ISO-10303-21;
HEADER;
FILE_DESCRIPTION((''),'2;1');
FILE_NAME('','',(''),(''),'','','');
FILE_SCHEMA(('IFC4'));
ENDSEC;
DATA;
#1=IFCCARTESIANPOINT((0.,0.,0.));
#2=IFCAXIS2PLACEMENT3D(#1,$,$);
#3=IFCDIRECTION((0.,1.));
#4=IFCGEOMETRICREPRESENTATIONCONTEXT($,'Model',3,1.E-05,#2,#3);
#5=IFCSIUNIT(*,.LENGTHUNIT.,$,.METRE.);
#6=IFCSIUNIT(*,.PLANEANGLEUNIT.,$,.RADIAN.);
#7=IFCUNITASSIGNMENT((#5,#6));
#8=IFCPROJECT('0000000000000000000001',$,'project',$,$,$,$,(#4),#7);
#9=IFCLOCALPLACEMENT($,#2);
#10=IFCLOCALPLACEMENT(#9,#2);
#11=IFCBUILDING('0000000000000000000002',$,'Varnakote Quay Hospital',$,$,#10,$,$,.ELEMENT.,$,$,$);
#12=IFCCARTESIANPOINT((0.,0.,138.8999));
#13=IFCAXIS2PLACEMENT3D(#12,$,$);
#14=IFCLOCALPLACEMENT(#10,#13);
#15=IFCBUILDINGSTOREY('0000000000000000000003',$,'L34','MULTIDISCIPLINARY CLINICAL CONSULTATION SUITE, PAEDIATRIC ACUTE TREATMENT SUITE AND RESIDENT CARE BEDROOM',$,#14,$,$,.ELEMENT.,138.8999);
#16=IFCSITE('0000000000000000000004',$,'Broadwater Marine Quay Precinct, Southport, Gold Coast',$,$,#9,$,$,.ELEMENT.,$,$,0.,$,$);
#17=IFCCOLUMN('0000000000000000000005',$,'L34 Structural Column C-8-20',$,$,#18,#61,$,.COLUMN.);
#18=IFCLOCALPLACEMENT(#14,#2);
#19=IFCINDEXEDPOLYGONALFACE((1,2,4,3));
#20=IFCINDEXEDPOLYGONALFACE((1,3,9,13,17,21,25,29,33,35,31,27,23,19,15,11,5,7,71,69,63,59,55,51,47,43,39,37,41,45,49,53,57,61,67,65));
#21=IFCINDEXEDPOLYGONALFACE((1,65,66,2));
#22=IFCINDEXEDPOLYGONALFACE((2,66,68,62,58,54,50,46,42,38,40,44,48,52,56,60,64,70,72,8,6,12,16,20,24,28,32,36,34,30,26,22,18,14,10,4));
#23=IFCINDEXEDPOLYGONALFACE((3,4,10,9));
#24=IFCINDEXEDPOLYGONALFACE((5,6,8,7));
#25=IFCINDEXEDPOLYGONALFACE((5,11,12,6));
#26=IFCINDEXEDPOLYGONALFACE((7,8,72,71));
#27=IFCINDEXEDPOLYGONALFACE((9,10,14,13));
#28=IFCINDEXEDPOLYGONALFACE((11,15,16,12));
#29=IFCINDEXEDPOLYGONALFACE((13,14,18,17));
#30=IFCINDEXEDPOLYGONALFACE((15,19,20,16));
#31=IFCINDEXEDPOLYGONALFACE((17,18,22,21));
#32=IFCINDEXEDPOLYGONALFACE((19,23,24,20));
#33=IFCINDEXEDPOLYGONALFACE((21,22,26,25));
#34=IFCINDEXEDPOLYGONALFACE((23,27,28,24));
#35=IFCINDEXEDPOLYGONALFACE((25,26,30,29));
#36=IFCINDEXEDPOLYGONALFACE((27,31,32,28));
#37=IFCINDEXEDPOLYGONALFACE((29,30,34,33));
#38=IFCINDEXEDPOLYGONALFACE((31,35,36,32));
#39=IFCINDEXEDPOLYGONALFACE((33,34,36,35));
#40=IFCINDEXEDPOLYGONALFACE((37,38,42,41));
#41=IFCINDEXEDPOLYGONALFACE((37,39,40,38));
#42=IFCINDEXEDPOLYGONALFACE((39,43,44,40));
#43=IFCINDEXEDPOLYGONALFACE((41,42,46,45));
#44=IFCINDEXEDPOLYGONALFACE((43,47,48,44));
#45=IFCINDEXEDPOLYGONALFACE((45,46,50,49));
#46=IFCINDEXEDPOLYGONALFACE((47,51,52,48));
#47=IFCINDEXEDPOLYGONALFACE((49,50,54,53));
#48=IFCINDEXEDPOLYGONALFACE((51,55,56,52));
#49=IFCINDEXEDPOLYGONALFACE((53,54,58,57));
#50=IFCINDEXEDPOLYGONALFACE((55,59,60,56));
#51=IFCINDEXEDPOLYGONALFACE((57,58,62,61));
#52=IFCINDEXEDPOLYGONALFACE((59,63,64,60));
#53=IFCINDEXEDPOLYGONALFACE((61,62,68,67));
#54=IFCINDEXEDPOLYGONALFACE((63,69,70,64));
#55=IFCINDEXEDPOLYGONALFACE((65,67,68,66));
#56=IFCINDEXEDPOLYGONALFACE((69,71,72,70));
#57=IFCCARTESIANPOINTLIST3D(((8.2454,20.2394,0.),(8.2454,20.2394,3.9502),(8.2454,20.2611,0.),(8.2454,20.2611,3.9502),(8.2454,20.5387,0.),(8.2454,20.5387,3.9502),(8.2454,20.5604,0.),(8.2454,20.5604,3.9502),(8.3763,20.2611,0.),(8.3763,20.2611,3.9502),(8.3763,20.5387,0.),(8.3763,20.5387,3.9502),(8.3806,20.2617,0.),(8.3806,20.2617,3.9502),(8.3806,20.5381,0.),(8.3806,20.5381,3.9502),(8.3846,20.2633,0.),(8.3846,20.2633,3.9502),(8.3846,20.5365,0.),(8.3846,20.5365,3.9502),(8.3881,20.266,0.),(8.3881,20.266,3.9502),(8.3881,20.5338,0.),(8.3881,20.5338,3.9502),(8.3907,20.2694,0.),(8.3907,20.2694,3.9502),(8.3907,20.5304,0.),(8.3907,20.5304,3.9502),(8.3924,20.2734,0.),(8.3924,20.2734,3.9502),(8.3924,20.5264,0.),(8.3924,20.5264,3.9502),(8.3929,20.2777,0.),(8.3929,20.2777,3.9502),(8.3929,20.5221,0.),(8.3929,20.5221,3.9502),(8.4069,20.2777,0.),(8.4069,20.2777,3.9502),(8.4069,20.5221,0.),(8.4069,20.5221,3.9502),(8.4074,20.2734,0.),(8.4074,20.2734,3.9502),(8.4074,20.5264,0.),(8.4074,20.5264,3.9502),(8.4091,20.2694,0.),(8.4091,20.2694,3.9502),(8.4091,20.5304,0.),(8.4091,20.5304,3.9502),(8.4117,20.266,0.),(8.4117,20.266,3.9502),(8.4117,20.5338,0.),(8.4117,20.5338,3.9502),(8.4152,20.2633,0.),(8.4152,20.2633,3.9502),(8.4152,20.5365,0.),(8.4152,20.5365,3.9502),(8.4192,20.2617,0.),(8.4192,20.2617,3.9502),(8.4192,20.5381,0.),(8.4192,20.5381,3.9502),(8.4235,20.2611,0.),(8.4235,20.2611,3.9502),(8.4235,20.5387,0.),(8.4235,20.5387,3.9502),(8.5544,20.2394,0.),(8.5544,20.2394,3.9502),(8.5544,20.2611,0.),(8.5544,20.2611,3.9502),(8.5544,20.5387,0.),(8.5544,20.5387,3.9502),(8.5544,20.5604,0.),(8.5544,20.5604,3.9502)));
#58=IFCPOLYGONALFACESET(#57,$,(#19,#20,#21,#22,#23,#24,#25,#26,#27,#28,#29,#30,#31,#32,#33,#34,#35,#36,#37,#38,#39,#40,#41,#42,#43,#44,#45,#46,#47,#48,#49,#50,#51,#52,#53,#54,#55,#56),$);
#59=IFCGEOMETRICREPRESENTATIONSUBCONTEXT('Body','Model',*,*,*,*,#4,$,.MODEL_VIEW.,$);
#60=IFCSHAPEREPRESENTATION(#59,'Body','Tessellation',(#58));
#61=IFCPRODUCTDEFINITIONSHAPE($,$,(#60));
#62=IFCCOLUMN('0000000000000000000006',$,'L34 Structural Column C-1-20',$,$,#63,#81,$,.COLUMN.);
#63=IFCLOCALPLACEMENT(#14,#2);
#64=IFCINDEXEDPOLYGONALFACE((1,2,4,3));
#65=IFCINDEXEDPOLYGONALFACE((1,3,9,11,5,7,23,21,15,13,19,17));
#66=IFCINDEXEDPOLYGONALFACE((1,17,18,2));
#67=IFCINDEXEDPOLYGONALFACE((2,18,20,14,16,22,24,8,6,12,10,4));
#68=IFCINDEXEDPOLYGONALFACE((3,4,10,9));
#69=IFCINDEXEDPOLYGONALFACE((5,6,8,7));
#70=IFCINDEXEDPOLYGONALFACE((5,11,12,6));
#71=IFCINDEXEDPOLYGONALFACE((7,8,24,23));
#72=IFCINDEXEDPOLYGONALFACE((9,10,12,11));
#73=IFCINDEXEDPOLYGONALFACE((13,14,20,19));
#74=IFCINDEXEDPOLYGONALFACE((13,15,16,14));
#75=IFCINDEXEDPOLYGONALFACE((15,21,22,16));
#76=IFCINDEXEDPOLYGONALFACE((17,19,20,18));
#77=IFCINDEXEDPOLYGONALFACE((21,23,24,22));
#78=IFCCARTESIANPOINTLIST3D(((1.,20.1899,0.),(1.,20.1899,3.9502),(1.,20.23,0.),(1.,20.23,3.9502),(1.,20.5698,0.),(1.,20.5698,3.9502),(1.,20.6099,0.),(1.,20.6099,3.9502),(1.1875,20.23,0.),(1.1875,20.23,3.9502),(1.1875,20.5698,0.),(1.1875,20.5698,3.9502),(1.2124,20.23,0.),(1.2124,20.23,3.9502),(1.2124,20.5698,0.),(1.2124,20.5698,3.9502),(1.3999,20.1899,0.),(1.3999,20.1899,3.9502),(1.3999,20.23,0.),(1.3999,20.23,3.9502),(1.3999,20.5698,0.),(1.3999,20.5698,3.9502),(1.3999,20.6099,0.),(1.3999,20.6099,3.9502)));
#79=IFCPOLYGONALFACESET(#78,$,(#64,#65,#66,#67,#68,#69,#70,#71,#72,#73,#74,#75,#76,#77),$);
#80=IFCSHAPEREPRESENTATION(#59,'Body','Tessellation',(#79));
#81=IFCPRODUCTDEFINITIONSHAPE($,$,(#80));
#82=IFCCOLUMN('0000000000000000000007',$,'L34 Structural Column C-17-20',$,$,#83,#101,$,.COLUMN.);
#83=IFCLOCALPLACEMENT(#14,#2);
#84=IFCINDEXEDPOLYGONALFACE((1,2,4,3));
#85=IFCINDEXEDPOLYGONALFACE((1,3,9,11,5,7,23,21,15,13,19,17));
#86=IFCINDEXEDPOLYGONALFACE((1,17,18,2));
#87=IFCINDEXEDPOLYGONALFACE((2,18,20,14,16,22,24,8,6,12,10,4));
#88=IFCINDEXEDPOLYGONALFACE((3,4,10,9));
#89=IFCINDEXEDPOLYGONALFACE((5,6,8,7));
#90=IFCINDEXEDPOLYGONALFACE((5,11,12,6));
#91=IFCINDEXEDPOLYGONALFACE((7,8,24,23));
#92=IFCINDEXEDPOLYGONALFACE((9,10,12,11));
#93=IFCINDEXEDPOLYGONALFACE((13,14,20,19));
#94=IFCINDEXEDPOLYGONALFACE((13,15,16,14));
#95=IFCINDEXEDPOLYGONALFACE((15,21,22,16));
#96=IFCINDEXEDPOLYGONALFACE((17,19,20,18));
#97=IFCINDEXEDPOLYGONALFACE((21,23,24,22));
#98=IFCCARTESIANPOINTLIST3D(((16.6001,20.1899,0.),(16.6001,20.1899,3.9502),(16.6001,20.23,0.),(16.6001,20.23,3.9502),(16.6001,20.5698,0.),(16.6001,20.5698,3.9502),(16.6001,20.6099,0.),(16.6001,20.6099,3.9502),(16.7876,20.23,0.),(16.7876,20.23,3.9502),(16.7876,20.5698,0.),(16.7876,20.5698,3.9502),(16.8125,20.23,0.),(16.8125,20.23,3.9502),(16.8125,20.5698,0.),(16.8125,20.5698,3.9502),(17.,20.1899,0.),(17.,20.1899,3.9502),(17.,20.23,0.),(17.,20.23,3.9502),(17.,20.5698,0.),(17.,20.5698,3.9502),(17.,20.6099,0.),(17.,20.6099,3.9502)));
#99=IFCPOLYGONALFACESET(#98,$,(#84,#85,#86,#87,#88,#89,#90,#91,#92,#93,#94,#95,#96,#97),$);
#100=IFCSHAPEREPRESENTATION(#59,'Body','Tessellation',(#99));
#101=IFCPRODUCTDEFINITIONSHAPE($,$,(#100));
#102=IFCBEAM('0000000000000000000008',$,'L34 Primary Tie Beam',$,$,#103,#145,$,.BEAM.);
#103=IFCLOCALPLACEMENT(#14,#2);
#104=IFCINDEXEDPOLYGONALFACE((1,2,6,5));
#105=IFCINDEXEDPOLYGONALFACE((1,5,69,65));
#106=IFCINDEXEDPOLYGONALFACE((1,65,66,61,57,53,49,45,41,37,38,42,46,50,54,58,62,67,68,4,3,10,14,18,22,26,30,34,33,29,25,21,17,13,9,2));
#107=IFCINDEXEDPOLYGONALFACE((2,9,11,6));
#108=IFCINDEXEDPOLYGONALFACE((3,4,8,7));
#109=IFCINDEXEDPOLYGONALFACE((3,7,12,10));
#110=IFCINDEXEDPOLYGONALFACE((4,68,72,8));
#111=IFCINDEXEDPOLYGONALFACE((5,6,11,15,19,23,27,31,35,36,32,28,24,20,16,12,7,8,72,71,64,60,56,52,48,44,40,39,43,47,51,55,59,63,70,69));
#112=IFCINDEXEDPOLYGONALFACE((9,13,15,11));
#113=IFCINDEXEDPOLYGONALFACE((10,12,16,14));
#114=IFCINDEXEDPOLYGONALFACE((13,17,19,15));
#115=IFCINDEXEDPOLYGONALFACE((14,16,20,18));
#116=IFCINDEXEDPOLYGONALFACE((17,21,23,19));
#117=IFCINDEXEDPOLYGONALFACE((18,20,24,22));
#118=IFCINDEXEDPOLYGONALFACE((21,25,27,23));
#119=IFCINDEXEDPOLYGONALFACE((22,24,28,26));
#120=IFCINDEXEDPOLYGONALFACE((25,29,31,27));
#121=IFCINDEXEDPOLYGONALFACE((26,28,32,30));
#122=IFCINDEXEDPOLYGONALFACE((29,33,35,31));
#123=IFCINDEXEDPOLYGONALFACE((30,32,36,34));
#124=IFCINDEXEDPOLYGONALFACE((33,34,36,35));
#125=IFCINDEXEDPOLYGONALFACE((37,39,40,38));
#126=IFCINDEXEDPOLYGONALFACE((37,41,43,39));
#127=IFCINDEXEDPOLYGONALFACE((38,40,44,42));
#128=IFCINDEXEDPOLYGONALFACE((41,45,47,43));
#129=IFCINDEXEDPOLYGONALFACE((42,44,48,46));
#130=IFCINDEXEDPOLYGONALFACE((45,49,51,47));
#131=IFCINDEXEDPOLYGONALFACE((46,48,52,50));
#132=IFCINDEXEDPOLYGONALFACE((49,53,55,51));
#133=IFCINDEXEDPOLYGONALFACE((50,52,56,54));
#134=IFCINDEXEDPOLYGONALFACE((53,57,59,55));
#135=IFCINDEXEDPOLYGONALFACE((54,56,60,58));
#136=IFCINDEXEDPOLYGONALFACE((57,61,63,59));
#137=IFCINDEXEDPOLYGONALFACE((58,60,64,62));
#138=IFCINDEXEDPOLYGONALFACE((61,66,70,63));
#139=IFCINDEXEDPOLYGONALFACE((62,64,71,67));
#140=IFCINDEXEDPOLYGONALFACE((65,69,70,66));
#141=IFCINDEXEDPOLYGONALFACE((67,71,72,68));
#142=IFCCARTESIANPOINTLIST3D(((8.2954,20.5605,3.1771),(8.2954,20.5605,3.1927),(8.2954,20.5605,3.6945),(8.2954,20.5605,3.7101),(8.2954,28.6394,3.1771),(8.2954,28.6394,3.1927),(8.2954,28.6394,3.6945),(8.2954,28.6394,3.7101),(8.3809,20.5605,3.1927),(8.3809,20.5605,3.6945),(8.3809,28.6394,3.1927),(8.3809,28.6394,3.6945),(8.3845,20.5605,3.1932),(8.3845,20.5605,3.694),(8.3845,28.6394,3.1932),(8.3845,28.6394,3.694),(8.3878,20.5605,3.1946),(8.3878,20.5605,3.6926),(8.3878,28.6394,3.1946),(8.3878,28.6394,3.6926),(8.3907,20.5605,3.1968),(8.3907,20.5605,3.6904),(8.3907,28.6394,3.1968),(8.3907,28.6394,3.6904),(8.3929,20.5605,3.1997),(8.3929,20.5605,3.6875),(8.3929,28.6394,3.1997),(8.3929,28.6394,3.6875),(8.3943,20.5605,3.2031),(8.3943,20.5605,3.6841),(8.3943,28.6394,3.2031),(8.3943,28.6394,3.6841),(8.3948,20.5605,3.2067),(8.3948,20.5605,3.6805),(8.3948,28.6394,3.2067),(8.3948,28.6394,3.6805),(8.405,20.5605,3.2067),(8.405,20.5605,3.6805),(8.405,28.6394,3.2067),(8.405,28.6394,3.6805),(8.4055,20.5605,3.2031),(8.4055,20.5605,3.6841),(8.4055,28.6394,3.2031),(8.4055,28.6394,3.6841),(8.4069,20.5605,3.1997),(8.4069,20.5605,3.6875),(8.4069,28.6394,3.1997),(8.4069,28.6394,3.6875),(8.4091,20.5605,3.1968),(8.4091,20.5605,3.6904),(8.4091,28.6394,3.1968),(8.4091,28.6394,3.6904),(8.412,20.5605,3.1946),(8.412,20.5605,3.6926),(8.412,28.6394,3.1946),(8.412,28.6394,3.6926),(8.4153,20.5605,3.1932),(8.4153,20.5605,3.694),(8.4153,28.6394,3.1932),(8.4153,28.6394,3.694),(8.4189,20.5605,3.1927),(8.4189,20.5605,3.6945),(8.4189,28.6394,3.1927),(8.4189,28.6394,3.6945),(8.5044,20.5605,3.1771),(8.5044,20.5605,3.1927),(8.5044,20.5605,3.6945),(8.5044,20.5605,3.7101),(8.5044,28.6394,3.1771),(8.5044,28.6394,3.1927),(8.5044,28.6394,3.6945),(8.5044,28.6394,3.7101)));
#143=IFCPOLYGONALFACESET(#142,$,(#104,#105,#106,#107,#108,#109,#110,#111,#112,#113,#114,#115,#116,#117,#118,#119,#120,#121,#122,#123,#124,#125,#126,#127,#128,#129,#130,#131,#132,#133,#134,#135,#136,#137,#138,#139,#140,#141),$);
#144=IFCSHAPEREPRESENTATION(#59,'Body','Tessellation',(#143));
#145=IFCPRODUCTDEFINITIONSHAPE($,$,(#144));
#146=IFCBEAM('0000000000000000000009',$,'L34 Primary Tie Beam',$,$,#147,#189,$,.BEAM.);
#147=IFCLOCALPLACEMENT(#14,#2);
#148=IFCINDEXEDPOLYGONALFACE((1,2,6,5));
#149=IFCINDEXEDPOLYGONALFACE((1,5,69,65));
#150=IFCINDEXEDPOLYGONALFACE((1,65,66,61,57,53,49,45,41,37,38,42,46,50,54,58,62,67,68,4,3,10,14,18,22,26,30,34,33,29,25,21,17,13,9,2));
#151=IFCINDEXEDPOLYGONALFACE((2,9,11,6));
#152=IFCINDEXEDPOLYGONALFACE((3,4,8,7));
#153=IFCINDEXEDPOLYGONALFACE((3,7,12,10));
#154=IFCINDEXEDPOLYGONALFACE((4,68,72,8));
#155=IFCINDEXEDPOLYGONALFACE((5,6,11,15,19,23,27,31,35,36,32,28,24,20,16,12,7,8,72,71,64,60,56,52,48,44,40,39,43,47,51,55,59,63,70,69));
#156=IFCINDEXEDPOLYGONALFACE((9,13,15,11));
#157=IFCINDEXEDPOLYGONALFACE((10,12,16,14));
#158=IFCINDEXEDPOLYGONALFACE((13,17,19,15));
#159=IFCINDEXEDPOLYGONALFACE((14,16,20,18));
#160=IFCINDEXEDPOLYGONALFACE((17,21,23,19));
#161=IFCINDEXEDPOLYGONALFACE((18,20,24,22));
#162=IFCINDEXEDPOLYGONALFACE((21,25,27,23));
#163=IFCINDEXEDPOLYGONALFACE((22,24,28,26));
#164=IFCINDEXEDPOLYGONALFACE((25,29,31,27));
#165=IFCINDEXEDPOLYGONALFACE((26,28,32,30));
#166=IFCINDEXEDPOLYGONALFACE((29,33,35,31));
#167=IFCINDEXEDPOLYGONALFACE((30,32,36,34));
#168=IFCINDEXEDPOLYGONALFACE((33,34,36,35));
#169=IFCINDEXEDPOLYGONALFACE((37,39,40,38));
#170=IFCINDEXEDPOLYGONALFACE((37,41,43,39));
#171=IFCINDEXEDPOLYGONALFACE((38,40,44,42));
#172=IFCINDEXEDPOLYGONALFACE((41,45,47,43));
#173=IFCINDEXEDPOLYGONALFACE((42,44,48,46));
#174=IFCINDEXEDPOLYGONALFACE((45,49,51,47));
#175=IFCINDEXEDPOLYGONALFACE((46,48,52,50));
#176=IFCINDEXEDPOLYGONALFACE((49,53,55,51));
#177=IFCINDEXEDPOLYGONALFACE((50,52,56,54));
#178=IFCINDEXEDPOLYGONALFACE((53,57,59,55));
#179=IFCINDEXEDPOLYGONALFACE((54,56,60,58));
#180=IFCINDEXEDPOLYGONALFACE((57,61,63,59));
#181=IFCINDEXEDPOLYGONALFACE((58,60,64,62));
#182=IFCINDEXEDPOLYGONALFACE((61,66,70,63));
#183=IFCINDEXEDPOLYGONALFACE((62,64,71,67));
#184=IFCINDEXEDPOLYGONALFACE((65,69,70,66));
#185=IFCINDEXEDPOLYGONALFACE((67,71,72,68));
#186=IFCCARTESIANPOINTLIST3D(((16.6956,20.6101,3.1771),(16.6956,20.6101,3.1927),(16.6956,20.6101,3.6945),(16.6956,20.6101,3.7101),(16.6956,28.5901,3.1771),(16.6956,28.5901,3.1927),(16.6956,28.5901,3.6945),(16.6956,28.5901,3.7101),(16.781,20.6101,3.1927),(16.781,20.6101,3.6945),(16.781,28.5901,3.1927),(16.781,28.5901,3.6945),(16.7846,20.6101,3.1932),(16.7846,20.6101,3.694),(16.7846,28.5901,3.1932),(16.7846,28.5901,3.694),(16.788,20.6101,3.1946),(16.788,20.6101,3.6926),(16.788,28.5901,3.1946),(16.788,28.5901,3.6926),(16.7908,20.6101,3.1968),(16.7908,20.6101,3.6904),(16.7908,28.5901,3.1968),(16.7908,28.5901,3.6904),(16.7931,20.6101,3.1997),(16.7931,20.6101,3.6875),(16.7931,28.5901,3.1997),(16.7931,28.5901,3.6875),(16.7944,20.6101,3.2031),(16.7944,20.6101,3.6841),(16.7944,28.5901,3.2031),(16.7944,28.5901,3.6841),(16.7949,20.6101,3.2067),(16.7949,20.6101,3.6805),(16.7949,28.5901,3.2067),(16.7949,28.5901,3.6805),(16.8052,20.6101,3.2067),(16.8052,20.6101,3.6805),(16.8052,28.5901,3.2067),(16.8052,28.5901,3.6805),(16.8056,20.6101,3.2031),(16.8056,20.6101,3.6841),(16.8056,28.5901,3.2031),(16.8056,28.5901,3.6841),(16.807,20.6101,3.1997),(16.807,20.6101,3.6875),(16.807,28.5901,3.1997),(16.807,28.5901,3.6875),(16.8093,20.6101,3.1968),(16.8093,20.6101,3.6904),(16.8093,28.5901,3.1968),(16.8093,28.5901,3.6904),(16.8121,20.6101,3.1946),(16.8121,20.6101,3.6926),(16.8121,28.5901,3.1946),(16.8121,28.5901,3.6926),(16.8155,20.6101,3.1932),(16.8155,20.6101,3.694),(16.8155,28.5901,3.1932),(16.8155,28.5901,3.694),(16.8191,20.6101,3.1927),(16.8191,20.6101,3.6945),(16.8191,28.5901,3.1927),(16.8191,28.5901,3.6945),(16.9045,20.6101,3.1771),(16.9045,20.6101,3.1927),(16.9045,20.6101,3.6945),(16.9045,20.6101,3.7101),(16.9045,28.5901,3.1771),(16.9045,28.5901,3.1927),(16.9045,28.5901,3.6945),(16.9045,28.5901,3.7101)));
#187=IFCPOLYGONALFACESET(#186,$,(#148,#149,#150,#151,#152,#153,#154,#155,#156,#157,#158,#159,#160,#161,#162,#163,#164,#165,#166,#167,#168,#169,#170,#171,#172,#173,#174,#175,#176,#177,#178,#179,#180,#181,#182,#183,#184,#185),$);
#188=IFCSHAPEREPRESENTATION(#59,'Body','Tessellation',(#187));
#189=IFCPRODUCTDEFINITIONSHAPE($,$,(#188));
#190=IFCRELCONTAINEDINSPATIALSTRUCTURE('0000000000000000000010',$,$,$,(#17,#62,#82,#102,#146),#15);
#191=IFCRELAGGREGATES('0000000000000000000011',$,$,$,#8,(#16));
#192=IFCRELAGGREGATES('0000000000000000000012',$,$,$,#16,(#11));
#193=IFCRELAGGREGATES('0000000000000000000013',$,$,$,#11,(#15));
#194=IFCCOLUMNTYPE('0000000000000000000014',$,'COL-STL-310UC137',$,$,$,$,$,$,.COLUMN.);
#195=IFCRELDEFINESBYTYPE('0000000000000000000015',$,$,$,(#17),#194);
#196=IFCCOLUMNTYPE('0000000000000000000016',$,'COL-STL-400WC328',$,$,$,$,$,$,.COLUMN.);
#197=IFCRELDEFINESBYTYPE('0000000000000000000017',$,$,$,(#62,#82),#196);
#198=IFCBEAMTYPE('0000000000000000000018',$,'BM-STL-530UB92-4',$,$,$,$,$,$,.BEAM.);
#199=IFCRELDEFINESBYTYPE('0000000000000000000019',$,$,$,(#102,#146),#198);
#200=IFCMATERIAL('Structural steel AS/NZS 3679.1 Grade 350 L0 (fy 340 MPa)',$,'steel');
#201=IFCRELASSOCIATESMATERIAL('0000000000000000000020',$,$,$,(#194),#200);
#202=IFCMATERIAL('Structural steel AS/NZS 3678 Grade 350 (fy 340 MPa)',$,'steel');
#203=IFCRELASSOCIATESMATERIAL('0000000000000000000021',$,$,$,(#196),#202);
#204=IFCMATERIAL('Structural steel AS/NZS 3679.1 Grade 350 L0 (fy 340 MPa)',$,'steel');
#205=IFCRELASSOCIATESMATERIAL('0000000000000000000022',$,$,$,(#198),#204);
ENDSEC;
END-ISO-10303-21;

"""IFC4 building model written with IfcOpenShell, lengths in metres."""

from ifc_helpers import new_model, si_unit, direction, frame, origin, origin_2d, place, context, subcontext, project, spatial, i_section, extrude, material, material_profile, profile_set, type_object, element, save


model = new_model("IFC4")

# Units and contexts
model_context = context("Model", 3, precision=1e-05, world=origin(), true_north=direction((0.0, 1.0)))
body_context = subcontext(model_context, "Body", "Model", "MODEL_VIEW")
ifc_project = project(units=[si_unit("LENGTHUNIT", "METRE"), si_unit("PLANEANGLEUNIT", "RADIAN")], contexts=[model_context])

# Site, building, storey
site_placement = place(None, origin())
site = spatial("IfcSite", under=ifc_project, at=site_placement, Name="Broadwater Marine Quay Precinct, Southport, Gold Coast", CompositionType="ELEMENT", RefElevation=0.0)
building_placement = place(site_placement, origin())
building = spatial("IfcBuilding", under=site, at=building_placement, Name="Varnakote Quay Hospital", CompositionType="ELEMENT")
storey_placement = place(building_placement, frame((0.0, 0.0, 138.8999)))
storey = spatial("IfcBuildingStorey", under=building, at=storey_placement, Name="L34", Description="MULTIDISCIPLINARY CLINICAL CONSULTATION SUITE, PAEDIATRIC ACUTE TREATMENT SUITE AND RESIDENT CARE BEDROOM", CompositionType="ELEMENT", Elevation=138.8999)

# Columns
ifc_material_1 = material(Name="Structural steel AS/NZS 3679.1 Grade 350 L0 (fy 340 MPa)", Category="steel")
ifc_material_profile_1 = material_profile(ifc_material_1, i_section(OverallWidth=0.3091, OverallDepth=0.321, WebThickness=0.0139, FlangeThickness=0.0217, FilletRadius=0.0166, at=origin_2d()), Name="310UC137")
ifc_profile_set_1 = profile_set([ifc_material_profile_1], Name="Structural steel AS/NZS 3679.1 Grade 350 L0 (fy 340 MPa)")
column_type_1 = type_object("IfcColumnType", Name="COL-STL-310UC137", PredefinedType="COLUMN", material=ifc_profile_set_1)
column_placement = place(storey_placement, frame((8.3999, 20.3999, 0.0), z_axis=(0.0, 0.0, 1.0), x_axis=(1.0, 0.0, 0.0)))
element("IfcColumn", 1, at=column_placement, inside=storey, type_object=column_type_1, Name="L34 Structural Column C-8-20", PredefinedType="COLUMN", context=body_context, shape_type="SweptSolid", body=[
    extrude(i_section(OverallWidth=0.3091, OverallDepth=0.321, WebThickness=0.0139, FlangeThickness=0.0217, FilletRadius=0.0166, at=origin_2d()), origin(), (0.0, 0.0, 1.0), 3.9502),
])
ifc_material_2 = material(Name="Structural steel AS/NZS 3678 Grade 350 (fy 340 MPa)", Category="steel")
ifc_material_profile_2 = material_profile(ifc_material_2, i_section(OverallWidth=0.3999, OverallDepth=0.4199, WebThickness=0.0249, FlangeThickness=0.04, at=origin_2d()), Name="400WC328")
ifc_profile_set_2 = profile_set([ifc_material_profile_2], Name="Structural steel AS/NZS 3678 Grade 350 (fy 340 MPa)")
column_type_2 = type_object("IfcColumnType", Name="COL-STL-400WC328", PredefinedType="COLUMN", material=ifc_profile_set_2)
for number, where, z_axis, x_axis, name in (
    (2, (1.2, 20.3999, 0.0), (0.0, 0.0, 1.0), (1.0, 0.0, 0.0), "L34 Structural Column C-1-20"),
    (3, (16.8, 20.3999, 0.0), (0.0, 0.0, 1.0), (1.0, 0.0, 0.0), "L34 Structural Column C-17-20"),
):
    element("IfcColumn", number, at=place(storey_placement, frame(where, z_axis=z_axis, x_axis=x_axis)), inside=storey, type_object=column_type_2, Name=name, PredefinedType="COLUMN", context=body_context, shape_type="SweptSolid", body=[
        extrude(i_section(OverallWidth=0.3999, OverallDepth=0.4199, WebThickness=0.0249, FlangeThickness=0.04, at=origin_2d()), origin(), (0.0, 0.0, 1.0), 3.9502),
    ])

# Beams
ifc_material_3 = material(Name="Structural steel AS/NZS 3679.1 Grade 350 L0 (fy 340 MPa)", Category="steel")
ifc_material_profile_3 = material_profile(ifc_material_3, i_section(OverallWidth=0.209, OverallDepth=0.533, WebThickness=0.0103, FlangeThickness=0.0156, FilletRadius=0.0139, at=origin_2d()), Name="530UB92.4")
ifc_profile_set_3 = profile_set([ifc_material_profile_3], Name="Structural steel AS/NZS 3679.1 Grade 350 L0 (fy 340 MPa)")
beam_type_1 = type_object("IfcBeamType", Name="BM-STL-530UB92-4", PredefinedType="BEAM", material=ifc_profile_set_3)
beam_1_placement = place(storey_placement, frame((8.3999, 20.5605, 3.4436), z_axis=(0.0, 1.0, 0.0), x_axis=(-1.0, 0.0, 0.0)))
element("IfcBeam", 4, at=beam_1_placement, inside=storey, type_object=beam_type_1, Name="L34 Primary Tie Beam", PredefinedType="BEAM", context=body_context, shape_type="SweptSolid", body=[
    extrude(i_section(OverallWidth=0.209, OverallDepth=0.533, WebThickness=0.0103, FlangeThickness=0.0156, FilletRadius=0.0139, at=origin_2d()), origin(), (0.0, 0.0, 1.0), 8.0789),
])
beam_2_placement = place(storey_placement, frame((16.8, 20.6101, 3.4436), z_axis=(0.0, 1.0, 0.0), x_axis=(-1.0, 0.0, 0.0)))
element("IfcBeam", 5, at=beam_2_placement, inside=storey, type_object=beam_type_1, Name="L34 Primary Tie Beam", PredefinedType="BEAM", context=body_context, shape_type="SweptSolid", body=[
    extrude(i_section(OverallWidth=0.209, OverallDepth=0.533, WebThickness=0.0103, FlangeThickness=0.0156, FilletRadius=0.0139, at=origin_2d()), origin(), (0.0, 0.0, 1.0), 7.98),
])

save(model, "model.ifc")
